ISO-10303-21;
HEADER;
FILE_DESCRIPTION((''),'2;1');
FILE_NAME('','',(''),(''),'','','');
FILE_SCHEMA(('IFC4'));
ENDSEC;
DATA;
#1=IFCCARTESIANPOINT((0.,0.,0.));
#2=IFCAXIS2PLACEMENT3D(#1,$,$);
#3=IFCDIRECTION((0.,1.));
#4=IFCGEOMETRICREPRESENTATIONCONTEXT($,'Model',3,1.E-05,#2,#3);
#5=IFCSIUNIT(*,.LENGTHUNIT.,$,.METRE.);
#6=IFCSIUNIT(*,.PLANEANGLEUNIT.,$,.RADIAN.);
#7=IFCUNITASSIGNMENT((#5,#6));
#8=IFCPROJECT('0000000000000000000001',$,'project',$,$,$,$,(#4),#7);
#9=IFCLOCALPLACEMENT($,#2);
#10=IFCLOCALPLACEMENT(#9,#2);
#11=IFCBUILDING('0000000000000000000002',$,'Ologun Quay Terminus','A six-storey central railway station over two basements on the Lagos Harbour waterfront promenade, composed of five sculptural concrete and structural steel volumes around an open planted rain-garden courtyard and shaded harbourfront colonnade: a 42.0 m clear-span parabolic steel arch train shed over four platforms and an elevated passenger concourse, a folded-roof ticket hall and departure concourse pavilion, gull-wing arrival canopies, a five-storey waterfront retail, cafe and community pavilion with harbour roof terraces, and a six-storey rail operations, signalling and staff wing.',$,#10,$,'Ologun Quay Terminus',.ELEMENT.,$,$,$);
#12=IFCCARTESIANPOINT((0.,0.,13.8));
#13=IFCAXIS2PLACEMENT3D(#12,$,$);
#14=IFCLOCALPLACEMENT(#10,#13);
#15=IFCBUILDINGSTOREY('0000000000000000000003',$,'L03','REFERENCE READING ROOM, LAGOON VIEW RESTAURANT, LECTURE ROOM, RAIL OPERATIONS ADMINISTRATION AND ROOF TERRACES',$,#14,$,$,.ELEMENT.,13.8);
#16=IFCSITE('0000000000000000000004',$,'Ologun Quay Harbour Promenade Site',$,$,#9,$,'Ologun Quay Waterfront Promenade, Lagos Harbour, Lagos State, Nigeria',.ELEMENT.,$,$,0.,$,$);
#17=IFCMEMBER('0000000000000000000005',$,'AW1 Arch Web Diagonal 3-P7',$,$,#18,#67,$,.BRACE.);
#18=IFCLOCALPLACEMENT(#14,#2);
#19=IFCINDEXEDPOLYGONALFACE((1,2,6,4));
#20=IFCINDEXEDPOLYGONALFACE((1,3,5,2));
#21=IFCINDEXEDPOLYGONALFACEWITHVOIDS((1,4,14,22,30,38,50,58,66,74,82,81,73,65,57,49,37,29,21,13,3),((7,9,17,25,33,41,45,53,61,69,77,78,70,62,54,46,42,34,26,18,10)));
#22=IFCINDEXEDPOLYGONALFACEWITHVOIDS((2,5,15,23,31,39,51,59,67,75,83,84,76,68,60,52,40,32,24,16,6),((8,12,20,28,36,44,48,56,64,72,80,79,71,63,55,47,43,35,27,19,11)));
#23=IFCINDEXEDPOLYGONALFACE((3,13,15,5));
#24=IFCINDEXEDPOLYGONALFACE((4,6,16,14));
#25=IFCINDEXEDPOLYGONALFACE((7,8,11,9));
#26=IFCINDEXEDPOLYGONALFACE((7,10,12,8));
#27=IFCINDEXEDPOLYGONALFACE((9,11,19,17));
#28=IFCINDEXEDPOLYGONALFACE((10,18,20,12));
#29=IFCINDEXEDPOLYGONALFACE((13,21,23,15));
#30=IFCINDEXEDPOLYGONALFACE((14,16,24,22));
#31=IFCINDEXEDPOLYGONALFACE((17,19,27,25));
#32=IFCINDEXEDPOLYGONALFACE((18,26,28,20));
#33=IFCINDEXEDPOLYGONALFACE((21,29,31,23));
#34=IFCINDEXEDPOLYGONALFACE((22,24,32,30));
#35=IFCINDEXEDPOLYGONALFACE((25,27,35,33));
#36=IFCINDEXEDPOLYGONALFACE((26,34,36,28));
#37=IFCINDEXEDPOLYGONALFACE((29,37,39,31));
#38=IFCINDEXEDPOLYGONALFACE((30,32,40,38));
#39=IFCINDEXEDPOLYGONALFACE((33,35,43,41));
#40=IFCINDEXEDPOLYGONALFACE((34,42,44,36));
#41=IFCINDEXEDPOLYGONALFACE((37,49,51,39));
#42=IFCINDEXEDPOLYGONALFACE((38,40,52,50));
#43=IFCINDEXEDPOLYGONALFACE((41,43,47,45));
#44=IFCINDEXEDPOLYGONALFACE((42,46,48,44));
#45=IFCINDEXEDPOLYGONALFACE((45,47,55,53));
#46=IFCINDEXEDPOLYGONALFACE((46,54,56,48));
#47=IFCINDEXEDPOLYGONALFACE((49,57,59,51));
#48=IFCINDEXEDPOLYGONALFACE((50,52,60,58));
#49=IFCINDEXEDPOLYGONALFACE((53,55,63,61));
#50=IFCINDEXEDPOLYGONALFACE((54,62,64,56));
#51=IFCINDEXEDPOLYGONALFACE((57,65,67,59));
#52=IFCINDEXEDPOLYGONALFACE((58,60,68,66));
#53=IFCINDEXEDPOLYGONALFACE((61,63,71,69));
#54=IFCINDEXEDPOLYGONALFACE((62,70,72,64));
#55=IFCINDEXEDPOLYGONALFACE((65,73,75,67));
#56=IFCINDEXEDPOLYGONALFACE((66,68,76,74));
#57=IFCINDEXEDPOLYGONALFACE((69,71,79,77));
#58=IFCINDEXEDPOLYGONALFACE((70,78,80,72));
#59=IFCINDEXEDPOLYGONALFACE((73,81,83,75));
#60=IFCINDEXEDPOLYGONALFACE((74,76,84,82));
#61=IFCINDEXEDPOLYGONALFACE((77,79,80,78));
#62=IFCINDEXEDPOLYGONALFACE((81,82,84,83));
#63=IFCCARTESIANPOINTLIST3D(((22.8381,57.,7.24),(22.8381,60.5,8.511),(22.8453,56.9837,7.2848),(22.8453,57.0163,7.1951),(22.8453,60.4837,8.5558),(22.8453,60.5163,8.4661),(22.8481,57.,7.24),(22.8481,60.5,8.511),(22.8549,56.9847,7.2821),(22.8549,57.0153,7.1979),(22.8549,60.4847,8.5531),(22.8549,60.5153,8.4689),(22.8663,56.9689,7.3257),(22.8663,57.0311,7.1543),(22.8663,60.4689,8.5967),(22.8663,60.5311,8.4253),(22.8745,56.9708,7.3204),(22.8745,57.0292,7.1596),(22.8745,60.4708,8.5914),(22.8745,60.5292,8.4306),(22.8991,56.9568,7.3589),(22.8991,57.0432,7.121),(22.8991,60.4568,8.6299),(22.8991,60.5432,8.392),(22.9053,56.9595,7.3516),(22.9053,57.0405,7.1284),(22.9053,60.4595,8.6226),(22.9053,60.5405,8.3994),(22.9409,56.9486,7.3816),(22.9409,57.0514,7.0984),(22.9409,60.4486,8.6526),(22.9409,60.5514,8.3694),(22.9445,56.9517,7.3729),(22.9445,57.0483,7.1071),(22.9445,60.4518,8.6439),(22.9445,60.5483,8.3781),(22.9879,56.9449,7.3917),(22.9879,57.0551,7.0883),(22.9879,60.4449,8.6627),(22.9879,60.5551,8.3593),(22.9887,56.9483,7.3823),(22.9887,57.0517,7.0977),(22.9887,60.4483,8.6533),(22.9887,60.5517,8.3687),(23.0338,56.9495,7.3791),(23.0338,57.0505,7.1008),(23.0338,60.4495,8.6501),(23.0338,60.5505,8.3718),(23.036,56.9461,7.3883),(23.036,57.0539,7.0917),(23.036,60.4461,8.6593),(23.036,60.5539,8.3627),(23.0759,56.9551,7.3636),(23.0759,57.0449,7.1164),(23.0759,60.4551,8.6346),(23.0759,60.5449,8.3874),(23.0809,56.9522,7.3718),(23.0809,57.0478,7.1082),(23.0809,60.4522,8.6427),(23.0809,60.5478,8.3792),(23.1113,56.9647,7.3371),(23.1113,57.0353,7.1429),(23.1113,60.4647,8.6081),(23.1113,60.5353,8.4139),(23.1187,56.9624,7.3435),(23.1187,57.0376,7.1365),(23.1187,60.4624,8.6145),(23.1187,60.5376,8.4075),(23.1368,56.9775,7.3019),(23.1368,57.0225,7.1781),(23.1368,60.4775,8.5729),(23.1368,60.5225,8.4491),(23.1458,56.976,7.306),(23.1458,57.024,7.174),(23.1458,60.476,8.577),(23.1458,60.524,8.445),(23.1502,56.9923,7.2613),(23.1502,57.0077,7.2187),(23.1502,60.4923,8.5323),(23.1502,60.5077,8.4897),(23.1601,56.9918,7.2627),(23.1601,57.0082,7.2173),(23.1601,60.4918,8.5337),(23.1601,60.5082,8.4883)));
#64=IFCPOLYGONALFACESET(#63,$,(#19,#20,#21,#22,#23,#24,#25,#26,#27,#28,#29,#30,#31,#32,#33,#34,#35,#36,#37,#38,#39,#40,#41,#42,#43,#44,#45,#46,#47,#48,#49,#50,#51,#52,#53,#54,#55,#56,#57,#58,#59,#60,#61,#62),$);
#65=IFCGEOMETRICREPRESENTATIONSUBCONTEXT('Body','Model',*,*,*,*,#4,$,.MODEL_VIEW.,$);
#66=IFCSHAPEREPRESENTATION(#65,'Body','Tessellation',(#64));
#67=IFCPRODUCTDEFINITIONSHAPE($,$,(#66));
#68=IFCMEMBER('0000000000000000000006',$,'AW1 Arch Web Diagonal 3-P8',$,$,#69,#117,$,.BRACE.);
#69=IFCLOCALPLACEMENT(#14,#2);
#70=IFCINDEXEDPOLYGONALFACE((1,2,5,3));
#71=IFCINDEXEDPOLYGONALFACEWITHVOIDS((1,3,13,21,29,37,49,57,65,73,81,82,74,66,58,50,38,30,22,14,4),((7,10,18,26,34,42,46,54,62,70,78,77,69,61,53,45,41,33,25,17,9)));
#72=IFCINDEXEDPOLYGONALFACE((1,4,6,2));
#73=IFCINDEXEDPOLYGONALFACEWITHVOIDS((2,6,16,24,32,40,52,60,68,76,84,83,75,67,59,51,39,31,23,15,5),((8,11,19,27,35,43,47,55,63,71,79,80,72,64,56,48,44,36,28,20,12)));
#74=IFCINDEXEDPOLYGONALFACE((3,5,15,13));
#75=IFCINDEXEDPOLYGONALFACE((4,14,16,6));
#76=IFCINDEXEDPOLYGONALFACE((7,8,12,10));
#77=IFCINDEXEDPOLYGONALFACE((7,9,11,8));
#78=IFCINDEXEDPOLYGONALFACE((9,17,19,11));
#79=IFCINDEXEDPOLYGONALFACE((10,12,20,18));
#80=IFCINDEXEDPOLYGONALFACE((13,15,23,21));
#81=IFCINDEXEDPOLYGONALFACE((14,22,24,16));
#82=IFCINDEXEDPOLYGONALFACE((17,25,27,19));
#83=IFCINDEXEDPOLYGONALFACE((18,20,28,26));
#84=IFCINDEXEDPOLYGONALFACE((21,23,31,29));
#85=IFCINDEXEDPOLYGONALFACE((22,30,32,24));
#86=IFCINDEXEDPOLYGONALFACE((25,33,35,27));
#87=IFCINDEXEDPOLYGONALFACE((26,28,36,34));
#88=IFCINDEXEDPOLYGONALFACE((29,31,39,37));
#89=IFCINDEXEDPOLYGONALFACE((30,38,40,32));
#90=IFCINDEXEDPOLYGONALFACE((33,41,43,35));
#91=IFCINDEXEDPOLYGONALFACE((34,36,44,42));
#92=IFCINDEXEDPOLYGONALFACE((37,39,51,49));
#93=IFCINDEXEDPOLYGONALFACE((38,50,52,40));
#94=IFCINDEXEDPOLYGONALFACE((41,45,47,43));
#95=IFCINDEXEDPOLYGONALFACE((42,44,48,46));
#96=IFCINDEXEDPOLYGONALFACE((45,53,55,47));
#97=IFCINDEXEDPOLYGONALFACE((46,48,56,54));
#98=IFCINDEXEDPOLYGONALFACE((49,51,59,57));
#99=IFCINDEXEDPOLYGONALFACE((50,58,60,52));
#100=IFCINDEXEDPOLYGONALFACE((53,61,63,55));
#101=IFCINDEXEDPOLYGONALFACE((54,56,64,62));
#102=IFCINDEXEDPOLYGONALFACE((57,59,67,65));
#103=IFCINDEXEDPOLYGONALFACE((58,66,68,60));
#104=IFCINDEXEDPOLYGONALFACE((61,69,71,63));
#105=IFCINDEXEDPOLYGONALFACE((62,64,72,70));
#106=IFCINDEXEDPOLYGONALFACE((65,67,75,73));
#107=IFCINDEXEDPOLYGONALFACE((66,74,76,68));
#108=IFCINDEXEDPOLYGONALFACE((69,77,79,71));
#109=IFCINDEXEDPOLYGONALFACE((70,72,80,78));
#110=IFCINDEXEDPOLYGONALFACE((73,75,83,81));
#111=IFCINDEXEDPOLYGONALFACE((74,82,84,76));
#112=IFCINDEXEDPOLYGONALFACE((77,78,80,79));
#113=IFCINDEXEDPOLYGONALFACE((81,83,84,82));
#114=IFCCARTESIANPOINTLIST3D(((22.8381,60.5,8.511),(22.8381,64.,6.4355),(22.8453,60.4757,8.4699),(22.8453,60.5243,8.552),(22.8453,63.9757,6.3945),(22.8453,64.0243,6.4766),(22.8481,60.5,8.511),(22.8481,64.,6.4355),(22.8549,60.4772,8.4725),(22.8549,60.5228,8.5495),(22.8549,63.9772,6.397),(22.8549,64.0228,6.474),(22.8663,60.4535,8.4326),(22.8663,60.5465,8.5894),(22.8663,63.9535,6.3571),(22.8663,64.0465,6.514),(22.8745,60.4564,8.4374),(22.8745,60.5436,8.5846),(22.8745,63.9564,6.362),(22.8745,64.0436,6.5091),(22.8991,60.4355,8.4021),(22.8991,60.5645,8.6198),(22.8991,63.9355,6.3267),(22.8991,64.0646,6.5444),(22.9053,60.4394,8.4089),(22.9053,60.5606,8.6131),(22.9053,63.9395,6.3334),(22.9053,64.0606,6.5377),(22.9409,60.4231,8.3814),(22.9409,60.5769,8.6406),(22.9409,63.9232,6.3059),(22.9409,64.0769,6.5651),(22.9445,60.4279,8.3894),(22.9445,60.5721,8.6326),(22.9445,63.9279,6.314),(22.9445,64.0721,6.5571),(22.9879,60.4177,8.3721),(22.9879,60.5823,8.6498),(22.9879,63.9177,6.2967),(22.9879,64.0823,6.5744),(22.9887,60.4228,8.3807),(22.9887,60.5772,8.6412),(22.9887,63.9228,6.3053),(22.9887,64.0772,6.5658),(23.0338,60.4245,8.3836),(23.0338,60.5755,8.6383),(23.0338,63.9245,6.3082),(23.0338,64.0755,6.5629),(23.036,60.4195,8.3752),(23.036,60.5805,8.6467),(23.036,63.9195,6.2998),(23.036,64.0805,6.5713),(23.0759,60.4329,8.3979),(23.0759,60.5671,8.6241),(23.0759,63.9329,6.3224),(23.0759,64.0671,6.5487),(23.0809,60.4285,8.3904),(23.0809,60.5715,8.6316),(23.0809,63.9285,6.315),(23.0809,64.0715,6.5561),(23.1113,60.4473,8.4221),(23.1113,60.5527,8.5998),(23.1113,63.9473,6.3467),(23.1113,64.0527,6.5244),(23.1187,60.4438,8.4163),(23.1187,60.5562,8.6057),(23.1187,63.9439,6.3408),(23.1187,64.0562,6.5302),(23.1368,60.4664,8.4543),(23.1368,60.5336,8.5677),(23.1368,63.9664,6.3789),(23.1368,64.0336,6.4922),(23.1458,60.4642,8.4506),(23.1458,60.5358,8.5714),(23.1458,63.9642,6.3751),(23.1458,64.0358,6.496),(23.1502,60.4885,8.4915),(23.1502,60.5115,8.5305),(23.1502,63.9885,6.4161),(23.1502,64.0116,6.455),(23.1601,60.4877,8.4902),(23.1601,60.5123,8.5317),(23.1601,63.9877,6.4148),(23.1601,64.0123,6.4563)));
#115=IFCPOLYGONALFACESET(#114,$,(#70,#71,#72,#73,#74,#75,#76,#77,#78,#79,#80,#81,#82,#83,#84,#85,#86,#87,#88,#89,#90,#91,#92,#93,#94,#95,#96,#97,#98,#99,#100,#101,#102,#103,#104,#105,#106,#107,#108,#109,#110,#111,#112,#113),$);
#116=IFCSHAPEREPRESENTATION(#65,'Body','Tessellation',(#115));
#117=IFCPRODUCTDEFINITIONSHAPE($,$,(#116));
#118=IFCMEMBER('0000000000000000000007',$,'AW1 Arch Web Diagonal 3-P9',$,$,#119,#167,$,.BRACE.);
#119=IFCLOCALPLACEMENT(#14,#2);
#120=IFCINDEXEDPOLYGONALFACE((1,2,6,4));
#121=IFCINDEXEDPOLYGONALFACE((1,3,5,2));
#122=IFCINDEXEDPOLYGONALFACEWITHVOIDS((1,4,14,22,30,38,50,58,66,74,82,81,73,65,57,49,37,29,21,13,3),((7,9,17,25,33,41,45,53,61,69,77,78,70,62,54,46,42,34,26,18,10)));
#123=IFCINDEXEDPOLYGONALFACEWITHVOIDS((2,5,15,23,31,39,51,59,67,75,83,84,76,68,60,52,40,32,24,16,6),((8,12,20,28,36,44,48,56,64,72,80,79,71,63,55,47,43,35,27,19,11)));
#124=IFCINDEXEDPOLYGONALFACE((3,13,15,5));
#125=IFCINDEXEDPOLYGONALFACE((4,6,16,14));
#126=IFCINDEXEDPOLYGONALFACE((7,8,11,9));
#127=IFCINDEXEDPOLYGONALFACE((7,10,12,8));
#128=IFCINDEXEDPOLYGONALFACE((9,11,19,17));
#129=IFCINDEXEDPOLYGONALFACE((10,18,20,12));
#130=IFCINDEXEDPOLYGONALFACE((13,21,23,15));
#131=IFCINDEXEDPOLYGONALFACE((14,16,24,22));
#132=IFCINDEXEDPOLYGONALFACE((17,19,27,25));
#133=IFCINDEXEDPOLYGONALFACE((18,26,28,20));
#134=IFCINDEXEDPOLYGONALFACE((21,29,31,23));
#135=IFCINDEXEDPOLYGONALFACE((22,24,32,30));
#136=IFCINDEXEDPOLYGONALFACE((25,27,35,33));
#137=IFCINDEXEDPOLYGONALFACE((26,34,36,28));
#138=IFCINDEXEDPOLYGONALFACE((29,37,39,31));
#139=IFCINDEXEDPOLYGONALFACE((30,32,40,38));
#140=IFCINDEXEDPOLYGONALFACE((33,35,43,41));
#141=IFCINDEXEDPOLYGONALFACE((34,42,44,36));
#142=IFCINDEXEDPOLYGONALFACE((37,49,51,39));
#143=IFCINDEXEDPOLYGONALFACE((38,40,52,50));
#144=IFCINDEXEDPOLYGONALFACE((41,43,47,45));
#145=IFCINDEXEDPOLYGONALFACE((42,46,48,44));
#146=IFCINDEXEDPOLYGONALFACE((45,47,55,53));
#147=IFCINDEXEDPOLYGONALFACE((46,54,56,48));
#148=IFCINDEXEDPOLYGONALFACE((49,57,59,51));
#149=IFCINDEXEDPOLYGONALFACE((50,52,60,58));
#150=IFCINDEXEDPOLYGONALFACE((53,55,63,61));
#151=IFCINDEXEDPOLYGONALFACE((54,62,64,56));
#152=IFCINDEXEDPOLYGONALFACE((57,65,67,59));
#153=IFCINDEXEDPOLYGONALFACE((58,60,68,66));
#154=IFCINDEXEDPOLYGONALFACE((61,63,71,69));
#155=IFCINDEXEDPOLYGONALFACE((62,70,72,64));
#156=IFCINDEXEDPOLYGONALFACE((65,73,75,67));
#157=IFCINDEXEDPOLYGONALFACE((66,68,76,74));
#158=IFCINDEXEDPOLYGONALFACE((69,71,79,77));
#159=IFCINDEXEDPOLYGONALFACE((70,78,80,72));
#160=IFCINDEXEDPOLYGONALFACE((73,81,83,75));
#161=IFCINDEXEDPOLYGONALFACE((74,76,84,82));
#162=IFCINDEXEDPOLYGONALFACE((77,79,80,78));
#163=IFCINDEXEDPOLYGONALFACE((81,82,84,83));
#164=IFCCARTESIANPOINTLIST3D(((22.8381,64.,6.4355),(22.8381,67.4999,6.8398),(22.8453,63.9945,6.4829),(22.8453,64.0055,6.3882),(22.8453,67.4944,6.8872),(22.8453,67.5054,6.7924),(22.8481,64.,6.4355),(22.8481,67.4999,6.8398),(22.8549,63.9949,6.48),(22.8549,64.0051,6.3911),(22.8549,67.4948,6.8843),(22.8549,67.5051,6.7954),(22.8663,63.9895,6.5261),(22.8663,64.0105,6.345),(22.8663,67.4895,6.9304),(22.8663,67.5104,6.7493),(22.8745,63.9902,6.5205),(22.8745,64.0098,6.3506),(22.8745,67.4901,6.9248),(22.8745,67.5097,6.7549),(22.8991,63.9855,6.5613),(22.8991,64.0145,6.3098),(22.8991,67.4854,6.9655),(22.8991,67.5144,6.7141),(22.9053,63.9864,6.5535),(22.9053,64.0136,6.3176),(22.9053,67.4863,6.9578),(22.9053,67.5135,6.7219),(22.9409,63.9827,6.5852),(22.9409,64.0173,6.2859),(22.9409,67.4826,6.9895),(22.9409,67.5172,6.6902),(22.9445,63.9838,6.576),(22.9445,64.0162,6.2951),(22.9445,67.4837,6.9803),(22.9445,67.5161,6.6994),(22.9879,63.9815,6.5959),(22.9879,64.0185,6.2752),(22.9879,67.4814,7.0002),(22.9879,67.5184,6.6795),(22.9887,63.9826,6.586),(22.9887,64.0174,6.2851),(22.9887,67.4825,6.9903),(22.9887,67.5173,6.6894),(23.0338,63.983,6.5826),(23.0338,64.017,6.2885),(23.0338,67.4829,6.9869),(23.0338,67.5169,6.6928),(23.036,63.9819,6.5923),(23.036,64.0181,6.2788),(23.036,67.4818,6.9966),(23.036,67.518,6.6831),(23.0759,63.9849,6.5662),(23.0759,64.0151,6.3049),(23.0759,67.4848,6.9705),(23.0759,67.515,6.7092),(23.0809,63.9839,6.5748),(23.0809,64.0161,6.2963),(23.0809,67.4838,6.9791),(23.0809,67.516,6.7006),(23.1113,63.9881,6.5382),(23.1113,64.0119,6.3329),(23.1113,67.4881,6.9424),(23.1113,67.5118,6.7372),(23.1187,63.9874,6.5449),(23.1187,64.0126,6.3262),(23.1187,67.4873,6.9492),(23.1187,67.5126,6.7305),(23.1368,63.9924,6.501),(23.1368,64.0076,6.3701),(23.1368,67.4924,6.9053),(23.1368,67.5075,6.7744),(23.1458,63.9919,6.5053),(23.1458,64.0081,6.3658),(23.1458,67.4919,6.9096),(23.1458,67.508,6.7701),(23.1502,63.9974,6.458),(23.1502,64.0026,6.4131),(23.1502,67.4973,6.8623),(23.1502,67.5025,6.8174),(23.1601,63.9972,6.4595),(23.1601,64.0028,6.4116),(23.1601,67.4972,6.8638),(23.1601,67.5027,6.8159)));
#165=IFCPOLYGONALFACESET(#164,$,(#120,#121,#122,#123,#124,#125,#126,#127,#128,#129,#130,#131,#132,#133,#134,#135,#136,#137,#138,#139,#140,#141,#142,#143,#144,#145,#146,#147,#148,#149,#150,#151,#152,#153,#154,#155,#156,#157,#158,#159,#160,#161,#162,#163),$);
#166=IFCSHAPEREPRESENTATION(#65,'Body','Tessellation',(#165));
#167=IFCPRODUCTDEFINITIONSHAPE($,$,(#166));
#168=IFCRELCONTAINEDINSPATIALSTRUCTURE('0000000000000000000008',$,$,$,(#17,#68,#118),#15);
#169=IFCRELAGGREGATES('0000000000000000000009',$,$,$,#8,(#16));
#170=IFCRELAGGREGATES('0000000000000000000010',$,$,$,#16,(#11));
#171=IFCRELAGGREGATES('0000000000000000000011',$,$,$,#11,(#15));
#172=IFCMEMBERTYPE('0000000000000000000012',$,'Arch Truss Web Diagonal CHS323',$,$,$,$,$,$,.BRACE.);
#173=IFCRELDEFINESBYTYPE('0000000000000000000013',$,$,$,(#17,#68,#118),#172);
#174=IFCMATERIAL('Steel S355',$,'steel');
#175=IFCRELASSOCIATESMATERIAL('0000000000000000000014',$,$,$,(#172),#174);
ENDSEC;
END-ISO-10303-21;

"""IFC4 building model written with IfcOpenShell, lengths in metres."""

from ifc_helpers import new_model, si_unit, direction, frame, origin, origin_2d, place, context, subcontext, project, spatial, hollow_circle, extrude, material, material_profile, profile_set, type_object, element, save


model = new_model("IFC4")

# Units and contexts
model_context = context("Model", 3, precision=1e-05, world=origin(), true_north=direction((0.0, 1.0)))
body_context = subcontext(model_context, "Body", "Model", "MODEL_VIEW")
ifc_project = project(units=[si_unit("LENGTHUNIT", "METRE"), si_unit("PLANEANGLEUNIT", "RADIAN")], contexts=[model_context])

# Site, building, storey
site_placement = place(None, origin())
site = spatial("IfcSite", under=ifc_project, at=site_placement, Name="Ologun Quay Harbour Promenade Site", LongName="Ologun Quay Waterfront Promenade, Lagos Harbour, Lagos State, Nigeria", CompositionType="ELEMENT", RefElevation=0.0)
building_placement = place(site_placement, origin())
building = spatial("IfcBuilding", under=site, at=building_placement, Name="Ologun Quay Terminus", Description="A six-storey central railway station over two basements on the Lagos Harbour waterfront promenade, composed of five sculptural concrete and structural steel volumes around an open planted rain-garden courtyard and shaded harbourfront colonnade: a 42.0 m clear-span parabolic steel arch train shed over four platforms and an elevated passenger concourse, a folded-roof ticket hall and departure concourse pavilion, gull-wing arrival canopies, a five-storey waterfront retail, cafe and community pavilion with harbour roof terraces, and a six-storey rail operations, signalling and staff wing.", LongName="Ologun Quay Terminus", CompositionType="ELEMENT")
storey_placement = place(building_placement, frame((0.0, 0.0, 13.8)))
storey = spatial("IfcBuildingStorey", under=building, at=storey_placement, Name="L03", Description="REFERENCE READING ROOM, LAGOON VIEW RESTAURANT, LECTURE ROOM, RAIL OPERATIONS ADMINISTRATION AND ROOF TERRACES", CompositionType="ELEMENT", Elevation=13.8)

# Members
ifc_material_1 = material(Name="Steel S355", Category="steel")
ifc_material_profile_1 = material_profile(ifc_material_1, hollow_circle(Radius=0.1619, WallThickness=0.01, at=origin_2d()), Name="CHS 323.9x10")
ifc_profile_set_1 = profile_set([ifc_material_profile_1], Name="Steel S355")
member_type_1 = type_object("IfcMemberType", Name="Arch Truss Web Diagonal CHS323", PredefinedType="BRACE", material=ifc_profile_set_1)
member_1_placement = place(storey_placement, frame((23.0, 57.0, 7.24), z_axis=(0.0, 0.939943, 0.341332), x_axis=(-1.0, 0.0, 0.0)))
element("IfcMember", 1, at=member_1_placement, inside=storey, type_object=member_type_1, Name="AW1 Arch Web Diagonal 3-P7", PredefinedType="BRACE", context=body_context, shape_type="SweptSolid", body=[
    extrude(hollow_circle(Radius=0.1619, WallThickness=0.01, at=origin_2d()), origin(), (0.0, 0.0, 1.0), 3.7236),
])
member_2_placement = place(storey_placement, frame((23.0, 60.5, 8.511), z_axis=(0.0, 0.860144, -0.510051), x_axis=(-1.0, 0.0, 0.0)))
element("IfcMember", 2, at=member_2_placement, inside=storey, type_object=member_type_1, Name="AW1 Arch Web Diagonal 3-P8", PredefinedType="BRACE", context=body_context, shape_type="SweptSolid", body=[
    extrude(hollow_circle(Radius=0.1619, WallThickness=0.01, at=origin_2d()), origin(), (0.0, 0.0, 1.0), 4.0691),
])
member_3_placement = place(storey_placement, frame((23.0, 64.0, 6.4355), z_axis=(0.0, 0.993394, 0.11475), x_axis=(-1.0, 0.0, 0.0)))
element("IfcMember", 3, at=member_3_placement, inside=storey, type_object=member_type_1, Name="AW1 Arch Web Diagonal 3-P9", PredefinedType="BRACE", context=body_context, shape_type="SweptSolid", body=[
    extrude(hollow_circle(Radius=0.1619, WallThickness=0.01, at=origin_2d()), origin(), (0.0, 0.0, 1.0), 3.5232),
])

save(model, "model.ifc")
